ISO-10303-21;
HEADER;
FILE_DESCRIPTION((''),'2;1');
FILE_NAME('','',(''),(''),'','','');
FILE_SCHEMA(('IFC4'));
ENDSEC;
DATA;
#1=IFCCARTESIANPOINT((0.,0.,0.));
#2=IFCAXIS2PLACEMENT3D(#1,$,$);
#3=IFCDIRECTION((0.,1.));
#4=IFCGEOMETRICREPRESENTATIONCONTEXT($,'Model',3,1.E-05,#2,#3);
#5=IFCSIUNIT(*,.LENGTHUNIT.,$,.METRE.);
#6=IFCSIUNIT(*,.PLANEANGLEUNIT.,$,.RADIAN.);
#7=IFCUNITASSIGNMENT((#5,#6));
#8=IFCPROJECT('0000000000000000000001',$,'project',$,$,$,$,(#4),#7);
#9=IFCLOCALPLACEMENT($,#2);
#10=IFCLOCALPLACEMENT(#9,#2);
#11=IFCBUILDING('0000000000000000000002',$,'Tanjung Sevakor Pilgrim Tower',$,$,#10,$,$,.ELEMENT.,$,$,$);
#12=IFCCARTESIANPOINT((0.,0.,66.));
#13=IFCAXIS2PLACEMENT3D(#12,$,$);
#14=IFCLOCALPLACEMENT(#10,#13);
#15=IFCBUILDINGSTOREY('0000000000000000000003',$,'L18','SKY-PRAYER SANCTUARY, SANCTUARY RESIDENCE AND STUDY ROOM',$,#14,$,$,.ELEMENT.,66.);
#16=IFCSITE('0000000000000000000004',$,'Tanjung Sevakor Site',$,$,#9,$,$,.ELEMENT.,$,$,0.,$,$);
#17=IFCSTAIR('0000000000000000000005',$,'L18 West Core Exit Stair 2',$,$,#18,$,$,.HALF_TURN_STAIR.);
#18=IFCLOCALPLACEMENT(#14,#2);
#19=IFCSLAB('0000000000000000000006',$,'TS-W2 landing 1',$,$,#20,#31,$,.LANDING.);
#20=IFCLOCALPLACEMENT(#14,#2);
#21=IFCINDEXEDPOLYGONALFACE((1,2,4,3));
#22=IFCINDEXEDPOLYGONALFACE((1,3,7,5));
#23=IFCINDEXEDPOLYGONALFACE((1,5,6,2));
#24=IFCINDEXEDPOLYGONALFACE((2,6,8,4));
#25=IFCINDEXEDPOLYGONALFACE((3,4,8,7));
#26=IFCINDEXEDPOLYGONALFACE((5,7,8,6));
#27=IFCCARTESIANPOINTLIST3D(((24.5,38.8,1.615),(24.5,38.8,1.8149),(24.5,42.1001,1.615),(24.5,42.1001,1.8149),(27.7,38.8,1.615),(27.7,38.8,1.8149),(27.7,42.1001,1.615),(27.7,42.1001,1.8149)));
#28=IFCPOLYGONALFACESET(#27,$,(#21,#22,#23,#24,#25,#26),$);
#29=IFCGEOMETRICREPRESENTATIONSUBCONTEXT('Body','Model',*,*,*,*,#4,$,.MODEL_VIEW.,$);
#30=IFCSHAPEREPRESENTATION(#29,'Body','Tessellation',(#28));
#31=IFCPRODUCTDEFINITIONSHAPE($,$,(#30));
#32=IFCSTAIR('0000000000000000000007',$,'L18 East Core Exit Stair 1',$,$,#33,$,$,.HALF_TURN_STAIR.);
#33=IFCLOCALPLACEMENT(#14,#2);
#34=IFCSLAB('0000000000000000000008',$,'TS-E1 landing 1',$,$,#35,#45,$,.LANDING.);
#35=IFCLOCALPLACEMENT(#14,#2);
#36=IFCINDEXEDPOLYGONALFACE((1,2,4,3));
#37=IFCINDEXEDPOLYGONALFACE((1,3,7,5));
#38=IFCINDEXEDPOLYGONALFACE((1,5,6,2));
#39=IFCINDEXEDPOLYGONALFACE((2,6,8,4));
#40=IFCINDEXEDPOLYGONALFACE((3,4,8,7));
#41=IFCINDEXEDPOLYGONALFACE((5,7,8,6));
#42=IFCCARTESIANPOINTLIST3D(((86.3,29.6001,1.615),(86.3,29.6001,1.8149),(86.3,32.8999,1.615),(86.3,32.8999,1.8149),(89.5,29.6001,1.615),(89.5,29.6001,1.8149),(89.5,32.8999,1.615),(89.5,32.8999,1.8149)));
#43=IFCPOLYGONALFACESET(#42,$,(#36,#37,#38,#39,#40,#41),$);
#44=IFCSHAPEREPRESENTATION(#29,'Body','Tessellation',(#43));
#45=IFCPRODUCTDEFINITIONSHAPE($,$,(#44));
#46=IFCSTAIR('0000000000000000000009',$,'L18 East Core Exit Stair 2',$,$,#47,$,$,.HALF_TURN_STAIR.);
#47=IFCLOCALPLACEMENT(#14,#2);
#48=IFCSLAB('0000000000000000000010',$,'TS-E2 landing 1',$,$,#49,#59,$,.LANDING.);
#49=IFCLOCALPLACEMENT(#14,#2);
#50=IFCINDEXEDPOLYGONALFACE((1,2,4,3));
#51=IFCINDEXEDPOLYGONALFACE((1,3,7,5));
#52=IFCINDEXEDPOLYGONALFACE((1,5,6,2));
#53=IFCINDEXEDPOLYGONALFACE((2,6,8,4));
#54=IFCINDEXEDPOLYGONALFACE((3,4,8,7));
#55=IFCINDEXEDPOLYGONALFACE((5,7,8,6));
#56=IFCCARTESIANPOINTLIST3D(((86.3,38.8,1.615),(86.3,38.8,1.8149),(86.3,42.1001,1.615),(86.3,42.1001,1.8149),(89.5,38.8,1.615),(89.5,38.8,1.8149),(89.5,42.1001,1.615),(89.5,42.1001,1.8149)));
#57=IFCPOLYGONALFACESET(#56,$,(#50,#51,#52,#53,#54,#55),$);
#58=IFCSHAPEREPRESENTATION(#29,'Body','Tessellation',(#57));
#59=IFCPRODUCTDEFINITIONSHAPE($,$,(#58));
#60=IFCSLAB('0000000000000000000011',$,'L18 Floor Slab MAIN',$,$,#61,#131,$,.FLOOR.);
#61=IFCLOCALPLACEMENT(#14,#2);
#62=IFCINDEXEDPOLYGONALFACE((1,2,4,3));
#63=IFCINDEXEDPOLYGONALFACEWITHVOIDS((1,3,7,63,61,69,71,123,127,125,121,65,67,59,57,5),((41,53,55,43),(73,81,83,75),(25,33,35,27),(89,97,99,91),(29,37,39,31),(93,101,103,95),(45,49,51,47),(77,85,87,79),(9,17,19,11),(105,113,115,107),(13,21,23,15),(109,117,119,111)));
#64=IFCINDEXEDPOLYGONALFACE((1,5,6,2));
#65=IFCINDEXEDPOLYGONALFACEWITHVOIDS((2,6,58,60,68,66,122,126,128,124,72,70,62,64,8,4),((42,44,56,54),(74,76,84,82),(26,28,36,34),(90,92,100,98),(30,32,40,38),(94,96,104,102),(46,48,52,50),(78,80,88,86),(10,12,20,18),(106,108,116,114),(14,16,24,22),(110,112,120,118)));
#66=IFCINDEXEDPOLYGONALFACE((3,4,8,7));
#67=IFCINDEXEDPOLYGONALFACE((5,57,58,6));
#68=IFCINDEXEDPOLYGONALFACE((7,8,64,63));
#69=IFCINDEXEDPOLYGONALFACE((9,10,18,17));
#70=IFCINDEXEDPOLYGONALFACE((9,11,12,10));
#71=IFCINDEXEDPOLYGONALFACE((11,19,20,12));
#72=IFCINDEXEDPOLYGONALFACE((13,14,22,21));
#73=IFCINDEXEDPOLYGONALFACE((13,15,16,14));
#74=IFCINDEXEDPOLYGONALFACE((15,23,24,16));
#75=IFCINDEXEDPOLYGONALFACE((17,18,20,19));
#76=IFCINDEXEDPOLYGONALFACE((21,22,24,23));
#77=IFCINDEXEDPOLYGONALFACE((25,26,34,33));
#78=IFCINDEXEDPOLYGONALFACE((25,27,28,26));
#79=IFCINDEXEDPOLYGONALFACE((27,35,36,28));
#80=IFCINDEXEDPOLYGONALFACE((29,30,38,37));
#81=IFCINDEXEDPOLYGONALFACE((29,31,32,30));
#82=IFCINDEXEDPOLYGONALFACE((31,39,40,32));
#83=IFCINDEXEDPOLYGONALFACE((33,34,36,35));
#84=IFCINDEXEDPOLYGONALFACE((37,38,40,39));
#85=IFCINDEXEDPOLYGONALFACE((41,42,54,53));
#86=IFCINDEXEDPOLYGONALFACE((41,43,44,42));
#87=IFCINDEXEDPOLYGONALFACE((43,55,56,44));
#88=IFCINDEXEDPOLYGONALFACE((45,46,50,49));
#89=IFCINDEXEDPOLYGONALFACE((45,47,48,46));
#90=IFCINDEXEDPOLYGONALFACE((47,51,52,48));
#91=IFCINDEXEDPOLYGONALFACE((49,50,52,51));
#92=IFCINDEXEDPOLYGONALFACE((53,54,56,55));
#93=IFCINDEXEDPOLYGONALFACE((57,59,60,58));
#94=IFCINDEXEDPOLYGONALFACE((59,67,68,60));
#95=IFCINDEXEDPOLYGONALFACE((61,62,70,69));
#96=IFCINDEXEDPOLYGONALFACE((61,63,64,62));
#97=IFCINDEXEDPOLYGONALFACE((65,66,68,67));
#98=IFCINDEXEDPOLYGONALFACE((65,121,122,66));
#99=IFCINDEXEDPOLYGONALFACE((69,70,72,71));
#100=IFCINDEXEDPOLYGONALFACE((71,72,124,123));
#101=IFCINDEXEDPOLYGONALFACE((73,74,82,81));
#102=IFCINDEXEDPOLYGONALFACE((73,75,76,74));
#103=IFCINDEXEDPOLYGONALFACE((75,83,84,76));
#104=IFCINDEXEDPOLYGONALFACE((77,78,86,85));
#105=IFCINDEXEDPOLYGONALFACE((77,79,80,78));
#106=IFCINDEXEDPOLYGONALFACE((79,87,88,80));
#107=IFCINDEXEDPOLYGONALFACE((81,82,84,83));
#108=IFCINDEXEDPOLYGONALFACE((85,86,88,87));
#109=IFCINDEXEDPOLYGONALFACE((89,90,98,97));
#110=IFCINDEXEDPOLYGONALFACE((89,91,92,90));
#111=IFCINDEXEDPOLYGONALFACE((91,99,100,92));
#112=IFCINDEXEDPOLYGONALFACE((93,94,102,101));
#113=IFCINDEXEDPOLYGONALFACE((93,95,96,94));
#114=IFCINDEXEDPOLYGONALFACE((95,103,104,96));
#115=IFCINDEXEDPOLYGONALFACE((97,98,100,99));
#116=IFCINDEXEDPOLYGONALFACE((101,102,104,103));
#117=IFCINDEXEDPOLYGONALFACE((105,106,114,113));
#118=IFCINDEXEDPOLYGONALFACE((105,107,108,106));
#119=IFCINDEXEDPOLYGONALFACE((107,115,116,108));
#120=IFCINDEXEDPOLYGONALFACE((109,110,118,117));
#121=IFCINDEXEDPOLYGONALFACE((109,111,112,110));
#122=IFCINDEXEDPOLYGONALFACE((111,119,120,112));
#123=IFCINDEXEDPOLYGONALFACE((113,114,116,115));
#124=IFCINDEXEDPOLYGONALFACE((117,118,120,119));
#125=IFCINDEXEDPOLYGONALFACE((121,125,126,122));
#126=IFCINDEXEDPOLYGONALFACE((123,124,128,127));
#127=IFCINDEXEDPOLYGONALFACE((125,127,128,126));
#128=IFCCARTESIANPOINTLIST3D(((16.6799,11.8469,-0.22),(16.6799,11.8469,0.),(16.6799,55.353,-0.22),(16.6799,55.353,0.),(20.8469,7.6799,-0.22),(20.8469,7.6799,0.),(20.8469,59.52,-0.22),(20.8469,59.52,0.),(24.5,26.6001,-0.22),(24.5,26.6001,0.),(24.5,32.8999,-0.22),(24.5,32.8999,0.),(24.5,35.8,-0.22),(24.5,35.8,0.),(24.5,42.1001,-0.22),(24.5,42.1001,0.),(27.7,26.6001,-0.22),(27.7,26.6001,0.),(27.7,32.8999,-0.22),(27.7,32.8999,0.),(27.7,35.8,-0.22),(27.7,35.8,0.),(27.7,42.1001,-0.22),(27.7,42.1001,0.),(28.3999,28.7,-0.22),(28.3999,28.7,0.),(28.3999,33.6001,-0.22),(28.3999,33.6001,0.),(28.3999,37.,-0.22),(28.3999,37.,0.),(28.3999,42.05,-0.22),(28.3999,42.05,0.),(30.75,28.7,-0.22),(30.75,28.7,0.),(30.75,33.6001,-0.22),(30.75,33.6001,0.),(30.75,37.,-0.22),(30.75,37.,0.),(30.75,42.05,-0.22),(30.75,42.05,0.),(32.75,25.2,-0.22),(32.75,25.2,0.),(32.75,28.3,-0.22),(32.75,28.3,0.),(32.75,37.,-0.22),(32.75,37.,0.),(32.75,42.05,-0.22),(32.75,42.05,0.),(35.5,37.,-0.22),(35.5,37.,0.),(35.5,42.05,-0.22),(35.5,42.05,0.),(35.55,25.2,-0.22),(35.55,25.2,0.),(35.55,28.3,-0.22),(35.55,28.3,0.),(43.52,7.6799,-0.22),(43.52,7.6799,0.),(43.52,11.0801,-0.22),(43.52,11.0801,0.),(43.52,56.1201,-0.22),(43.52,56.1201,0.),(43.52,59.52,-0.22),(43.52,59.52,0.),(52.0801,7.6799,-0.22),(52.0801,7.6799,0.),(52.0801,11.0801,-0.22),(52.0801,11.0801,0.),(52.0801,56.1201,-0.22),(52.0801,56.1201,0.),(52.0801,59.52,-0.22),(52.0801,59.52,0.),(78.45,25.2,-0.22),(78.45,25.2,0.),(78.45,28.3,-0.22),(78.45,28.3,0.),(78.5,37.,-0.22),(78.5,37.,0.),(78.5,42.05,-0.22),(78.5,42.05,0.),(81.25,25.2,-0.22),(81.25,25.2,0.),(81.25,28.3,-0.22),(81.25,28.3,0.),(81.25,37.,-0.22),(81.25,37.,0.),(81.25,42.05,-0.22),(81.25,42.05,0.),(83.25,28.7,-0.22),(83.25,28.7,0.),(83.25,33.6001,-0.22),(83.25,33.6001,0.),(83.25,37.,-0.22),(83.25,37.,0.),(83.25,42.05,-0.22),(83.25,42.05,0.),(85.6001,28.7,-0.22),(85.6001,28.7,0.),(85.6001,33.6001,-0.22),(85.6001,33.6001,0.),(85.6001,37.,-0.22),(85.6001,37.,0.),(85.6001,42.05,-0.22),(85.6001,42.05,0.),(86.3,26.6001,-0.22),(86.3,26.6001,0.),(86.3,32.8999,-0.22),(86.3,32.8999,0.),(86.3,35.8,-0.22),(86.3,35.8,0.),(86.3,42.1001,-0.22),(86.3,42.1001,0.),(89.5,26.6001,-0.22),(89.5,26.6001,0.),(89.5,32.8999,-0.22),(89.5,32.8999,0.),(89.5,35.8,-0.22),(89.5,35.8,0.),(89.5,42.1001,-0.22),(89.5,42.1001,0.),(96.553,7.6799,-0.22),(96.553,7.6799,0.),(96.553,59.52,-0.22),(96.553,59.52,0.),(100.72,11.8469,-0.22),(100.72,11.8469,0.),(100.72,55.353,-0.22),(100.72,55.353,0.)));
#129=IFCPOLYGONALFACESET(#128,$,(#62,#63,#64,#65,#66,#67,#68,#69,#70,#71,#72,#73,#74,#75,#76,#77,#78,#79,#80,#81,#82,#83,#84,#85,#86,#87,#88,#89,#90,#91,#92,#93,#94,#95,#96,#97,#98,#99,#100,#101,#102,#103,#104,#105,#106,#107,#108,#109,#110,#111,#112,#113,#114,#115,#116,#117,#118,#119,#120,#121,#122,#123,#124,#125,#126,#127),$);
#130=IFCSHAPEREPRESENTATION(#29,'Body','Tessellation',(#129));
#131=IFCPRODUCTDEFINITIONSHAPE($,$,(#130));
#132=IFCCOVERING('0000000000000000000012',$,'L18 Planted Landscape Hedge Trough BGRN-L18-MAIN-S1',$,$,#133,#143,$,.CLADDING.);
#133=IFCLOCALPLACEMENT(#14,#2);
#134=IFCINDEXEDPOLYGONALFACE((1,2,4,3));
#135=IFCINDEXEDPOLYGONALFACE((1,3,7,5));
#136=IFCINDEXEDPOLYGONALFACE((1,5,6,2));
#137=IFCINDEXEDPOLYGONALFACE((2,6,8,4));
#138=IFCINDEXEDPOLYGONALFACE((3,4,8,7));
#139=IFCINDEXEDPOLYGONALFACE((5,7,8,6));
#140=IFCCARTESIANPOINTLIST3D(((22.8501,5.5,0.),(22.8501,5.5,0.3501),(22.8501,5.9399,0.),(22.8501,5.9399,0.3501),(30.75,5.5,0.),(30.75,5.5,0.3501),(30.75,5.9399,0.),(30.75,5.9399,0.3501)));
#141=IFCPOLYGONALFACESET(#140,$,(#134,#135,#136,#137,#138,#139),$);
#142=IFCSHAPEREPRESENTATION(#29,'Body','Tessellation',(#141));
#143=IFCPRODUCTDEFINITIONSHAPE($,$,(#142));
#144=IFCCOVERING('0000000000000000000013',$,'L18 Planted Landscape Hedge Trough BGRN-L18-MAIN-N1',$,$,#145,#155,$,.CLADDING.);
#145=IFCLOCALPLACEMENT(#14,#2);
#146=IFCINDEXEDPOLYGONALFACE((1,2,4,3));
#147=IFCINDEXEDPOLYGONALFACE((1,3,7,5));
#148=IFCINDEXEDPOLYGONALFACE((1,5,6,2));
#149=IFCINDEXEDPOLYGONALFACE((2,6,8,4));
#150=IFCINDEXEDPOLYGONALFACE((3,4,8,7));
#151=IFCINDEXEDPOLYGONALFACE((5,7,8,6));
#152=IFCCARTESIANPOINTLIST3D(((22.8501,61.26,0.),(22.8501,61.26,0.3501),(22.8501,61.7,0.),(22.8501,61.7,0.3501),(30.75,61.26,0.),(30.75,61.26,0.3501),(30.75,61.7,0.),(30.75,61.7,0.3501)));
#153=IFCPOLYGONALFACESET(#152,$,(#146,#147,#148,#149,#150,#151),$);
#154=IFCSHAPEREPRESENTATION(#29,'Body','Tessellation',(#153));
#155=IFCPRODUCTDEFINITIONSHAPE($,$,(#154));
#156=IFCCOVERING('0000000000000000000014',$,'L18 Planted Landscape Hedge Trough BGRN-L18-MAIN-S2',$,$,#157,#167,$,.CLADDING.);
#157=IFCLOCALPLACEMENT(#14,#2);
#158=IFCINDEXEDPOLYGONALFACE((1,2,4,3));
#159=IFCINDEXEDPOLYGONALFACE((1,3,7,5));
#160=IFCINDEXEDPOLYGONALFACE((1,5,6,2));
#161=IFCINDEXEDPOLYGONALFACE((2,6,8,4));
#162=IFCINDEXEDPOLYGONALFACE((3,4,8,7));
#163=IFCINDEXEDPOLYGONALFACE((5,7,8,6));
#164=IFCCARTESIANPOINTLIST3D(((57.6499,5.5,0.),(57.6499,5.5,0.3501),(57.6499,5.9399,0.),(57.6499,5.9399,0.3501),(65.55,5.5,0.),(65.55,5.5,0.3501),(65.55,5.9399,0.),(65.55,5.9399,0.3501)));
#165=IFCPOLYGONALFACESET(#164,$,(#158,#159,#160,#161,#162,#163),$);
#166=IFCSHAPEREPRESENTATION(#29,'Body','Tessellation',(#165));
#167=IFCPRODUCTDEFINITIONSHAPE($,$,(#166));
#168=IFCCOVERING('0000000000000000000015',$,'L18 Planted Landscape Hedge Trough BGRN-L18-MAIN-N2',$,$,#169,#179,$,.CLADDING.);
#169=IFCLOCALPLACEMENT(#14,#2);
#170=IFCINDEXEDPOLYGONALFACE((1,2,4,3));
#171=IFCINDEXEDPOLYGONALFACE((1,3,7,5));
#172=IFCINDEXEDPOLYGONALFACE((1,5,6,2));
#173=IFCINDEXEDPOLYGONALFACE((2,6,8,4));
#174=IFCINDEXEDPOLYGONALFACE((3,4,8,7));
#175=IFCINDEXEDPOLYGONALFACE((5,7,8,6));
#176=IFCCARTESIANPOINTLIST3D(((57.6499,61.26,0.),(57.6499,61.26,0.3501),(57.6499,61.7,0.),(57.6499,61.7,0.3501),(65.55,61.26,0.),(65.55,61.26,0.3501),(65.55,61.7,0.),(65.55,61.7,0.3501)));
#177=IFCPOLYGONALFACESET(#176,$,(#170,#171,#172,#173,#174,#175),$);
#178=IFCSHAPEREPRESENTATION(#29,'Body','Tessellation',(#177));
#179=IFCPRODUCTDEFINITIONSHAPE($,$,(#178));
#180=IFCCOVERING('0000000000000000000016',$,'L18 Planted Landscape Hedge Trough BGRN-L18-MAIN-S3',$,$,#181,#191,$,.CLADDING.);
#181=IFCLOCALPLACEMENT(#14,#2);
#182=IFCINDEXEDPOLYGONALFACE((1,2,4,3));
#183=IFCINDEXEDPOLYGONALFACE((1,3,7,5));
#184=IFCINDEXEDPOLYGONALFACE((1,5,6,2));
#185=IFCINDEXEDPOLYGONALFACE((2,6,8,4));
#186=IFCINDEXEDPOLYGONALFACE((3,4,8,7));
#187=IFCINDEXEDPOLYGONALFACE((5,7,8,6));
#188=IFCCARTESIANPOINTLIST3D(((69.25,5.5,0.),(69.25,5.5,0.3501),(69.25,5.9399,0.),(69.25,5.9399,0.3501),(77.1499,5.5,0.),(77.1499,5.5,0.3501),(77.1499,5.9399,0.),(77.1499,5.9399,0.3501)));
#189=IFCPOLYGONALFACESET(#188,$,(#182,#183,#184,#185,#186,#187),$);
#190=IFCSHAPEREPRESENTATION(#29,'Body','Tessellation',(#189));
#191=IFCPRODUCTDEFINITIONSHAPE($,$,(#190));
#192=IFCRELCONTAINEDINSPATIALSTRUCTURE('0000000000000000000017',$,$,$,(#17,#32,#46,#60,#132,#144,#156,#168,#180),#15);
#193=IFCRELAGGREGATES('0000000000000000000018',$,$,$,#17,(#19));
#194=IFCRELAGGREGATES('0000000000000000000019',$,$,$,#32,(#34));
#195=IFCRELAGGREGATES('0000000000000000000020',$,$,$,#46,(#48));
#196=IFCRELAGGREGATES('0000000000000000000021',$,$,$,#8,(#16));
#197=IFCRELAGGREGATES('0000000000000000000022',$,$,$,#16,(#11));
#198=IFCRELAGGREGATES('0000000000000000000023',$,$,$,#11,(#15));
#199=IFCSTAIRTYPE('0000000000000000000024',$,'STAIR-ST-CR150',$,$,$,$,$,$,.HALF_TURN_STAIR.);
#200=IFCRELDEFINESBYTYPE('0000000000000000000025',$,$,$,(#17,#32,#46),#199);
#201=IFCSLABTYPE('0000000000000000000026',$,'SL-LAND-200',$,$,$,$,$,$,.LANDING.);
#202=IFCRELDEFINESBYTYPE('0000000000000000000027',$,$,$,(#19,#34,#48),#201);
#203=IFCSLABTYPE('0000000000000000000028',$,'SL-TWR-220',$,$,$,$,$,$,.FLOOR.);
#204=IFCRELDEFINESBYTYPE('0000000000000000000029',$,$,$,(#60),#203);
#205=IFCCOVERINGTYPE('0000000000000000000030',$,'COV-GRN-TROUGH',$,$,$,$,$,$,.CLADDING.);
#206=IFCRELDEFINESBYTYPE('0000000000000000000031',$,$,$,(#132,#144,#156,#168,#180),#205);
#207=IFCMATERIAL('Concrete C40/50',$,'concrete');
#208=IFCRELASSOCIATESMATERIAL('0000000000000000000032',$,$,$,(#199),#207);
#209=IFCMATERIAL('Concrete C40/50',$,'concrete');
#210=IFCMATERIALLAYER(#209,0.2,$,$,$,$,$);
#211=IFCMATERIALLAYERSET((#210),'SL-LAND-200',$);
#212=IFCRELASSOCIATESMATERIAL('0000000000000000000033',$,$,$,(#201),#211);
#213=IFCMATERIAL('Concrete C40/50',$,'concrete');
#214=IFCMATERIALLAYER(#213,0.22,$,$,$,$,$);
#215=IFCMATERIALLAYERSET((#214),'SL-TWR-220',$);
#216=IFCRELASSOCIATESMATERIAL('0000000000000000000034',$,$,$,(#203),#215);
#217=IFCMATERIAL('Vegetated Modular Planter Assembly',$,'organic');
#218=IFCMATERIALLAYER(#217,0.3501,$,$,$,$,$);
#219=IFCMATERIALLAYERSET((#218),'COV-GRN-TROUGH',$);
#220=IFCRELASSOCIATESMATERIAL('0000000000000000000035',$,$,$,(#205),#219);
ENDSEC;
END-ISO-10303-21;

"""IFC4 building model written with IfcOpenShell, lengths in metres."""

from ifc_helpers import new_model, si_unit, direction, frame, origin, place, context, subcontext, project, spatial, polyline, outline, extrude, material, layer, layer_set, type_object, element, aggregate, save


model = new_model("IFC4")

# Units and contexts
model_context = context("Model", 3, precision=1e-05, world=origin(), true_north=direction((0.0, 1.0)))
body_context = subcontext(model_context, "Body", "Model", "MODEL_VIEW")
ifc_project = project(units=[si_unit("LENGTHUNIT", "METRE"), si_unit("PLANEANGLEUNIT", "RADIAN")], contexts=[model_context])

# Site, building, storey
site_placement = place(None, origin())
site = spatial("IfcSite", under=ifc_project, at=site_placement, Name="Tanjung Sevakor Site", CompositionType="ELEMENT", RefElevation=0.0)
building_placement = place(site_placement, origin())
building = spatial("IfcBuilding", under=site, at=building_placement, Name="Tanjung Sevakor Pilgrim Tower", CompositionType="ELEMENT")
storey_placement = place(building_placement, frame((0.0, 0.0, 66.0)))
storey = spatial("IfcBuildingStorey", under=building, at=storey_placement, Name="L18", Description="SKY-PRAYER SANCTUARY, SANCTUARY RESIDENCE AND STUDY ROOM", CompositionType="ELEMENT", Elevation=66.0)

# Stairs, slabs
ifc_material_1 = material(Name="Concrete C40/50", Category="concrete")
stair_type = type_object("IfcStairType", Name="STAIR-ST-CR150", PredefinedType="HALF_TURN_STAIR", material=ifc_material_1)
ifc_material_2 = material(Name="Concrete C40/50", Category="concrete")
ifc_layer_1 = layer(ifc_material_2, 0.2)
ifc_layer_set_1 = layer_set([ifc_layer_1], Name="SL-LAND-200")
slab_type_1 = type_object("IfcSlabType", Name="SL-LAND-200", PredefinedType="LANDING", material=ifc_layer_set_1)
stair_1_placement = place(storey_placement, origin())
stair_1 = element("IfcStair", 1, at=stair_1_placement, inside=storey, type_object=stair_type, Name="L18 West Core Exit Stair 2", PredefinedType="HALF_TURN_STAIR")
slab_1_placement = place(storey_placement, frame((0.0, 0.0, 1.615)))
slab_1 = element("IfcSlab", 2, at=slab_1_placement, type_object=slab_type_1, Name="TS-W2 landing 1", PredefinedType="LANDING", context=body_context, shape_type="SweptSolid", body=[
    extrude(outline(polyline([(27.7, 38.8), (27.7, 42.1001), (24.5, 42.1001), (24.5, 38.8), (27.7, 38.8)])), origin(), (0.0, 0.0, 1.0), 0.2),
])
aggregate(stair_1, [slab_1])
stair_2_placement = place(storey_placement, origin())
stair_2 = element("IfcStair", 3, at=stair_2_placement, inside=storey, type_object=stair_type, Name="L18 East Core Exit Stair 1", PredefinedType="HALF_TURN_STAIR")
slab_2_placement = place(storey_placement, frame((0.0, 0.0, 1.615)))
slab_2 = element("IfcSlab", 4, at=slab_2_placement, type_object=slab_type_1, Name="TS-E1 landing 1", PredefinedType="LANDING", context=body_context, shape_type="SweptSolid", body=[
    extrude(outline(polyline([(89.5, 29.6001), (89.5, 32.8999), (86.3, 32.8999), (86.3, 29.6001), (89.5, 29.6001)])), origin(), (0.0, 0.0, 1.0), 0.2),
])
aggregate(stair_2, [slab_2])
stair_3_placement = place(storey_placement, origin())
stair_3 = element("IfcStair", 5, at=stair_3_placement, inside=storey, type_object=stair_type, Name="L18 East Core Exit Stair 2", PredefinedType="HALF_TURN_STAIR")
slab_3_placement = place(storey_placement, frame((0.0, 0.0, 1.615)))
slab_3 = element("IfcSlab", 6, at=slab_3_placement, type_object=slab_type_1, Name="TS-E2 landing 1", PredefinedType="LANDING", context=body_context, shape_type="SweptSolid", body=[
    extrude(outline(polyline([(89.5, 38.8), (89.5, 42.1001), (86.3, 42.1001), (86.3, 38.8), (89.5, 38.8)])), origin(), (0.0, 0.0, 1.0), 0.2),
])
aggregate(stair_3, [slab_3])

# Slab
ifc_material_3 = material(Name="Concrete C40/50", Category="concrete")
ifc_layer_2 = layer(ifc_material_3, 0.22)
ifc_layer_set_2 = layer_set([ifc_layer_2], Name="SL-TWR-220")
slab_type_2 = type_object("IfcSlabType", Name="SL-TWR-220", PredefinedType="FLOOR", material=ifc_layer_set_2)
slab_4_placement = place(storey_placement, frame((0.0, 0.0, -0.22)))
element("IfcSlab", 7, at=slab_4_placement, inside=storey, type_object=slab_type_2, Name="L18 Floor Slab MAIN", PredefinedType="FLOOR", context=body_context, shape_type="SweptSolid", body=[
    extrude(outline(polyline([(20.8469, 7.6799), (43.52, 7.6799), (43.52, 11.0801), (52.0801, 11.0801), (52.0801, 7.6799), (96.553, 7.6799), (100.72, 11.8469), (100.72, 55.353), (96.553, 59.52), (52.0801, 59.52), (52.0801, 56.1201), (43.52, 56.1201), (43.52, 59.52), (20.8469, 59.52), (16.6799, 55.353), (16.6799, 11.8469), (20.8469, 7.6799)]), holes=[polyline([(27.7, 26.6001), (27.7, 32.8999), (24.5, 32.8999), (24.5, 26.6001), (27.7, 26.6001)]), polyline([(27.7, 35.8), (27.7, 42.1001), (24.5, 42.1001), (24.5, 35.8), (27.7, 35.8)]), polyline([(89.5, 26.6001), (89.5, 32.8999), (86.3, 32.8999), (86.3, 26.6001), (89.5, 26.6001)]), polyline([(89.5, 35.8), (89.5, 42.1001), (86.3, 42.1001), (86.3, 35.8), (89.5, 35.8)]), polyline([(32.75, 25.2), (35.55, 25.2), (35.55, 28.3), (32.75, 28.3), (32.75, 25.2)]), polyline([(28.3999, 28.7), (30.75, 28.7), (30.75, 33.6001), (28.3999, 33.6001), (28.3999, 28.7)]), polyline([(28.3999, 37.0), (30.75, 37.0), (30.75, 42.05), (28.3999, 42.05), (28.3999, 37.0)]), polyline([(32.75, 37.0), (35.5, 37.0), (35.5, 42.05), (32.75, 42.05), (32.75, 37.0)]), polyline([(78.45, 25.2), (81.25, 25.2), (81.25, 28.3), (78.45, 28.3), (78.45, 25.2)]), polyline([(83.25, 28.7), (85.6001, 28.7), (85.6001, 33.6001), (83.25, 33.6001), (83.25, 28.7)]), polyline([(83.25, 37.0), (85.6001, 37.0), (85.6001, 42.05), (83.25, 42.05), (83.25, 37.0)]), polyline([(78.5, 37.0), (81.25, 37.0), (81.25, 42.05), (78.5, 42.05), (78.5, 37.0)])]), origin(), (0.0, 0.0, 1.0), 0.22),
])

# Coverings
ifc_material_4 = material(Name="Vegetated Modular Planter Assembly", Category="organic")
ifc_layer_3 = layer(ifc_material_4, 0.3501)
ifc_layer_set_3 = layer_set([ifc_layer_3], Name="COV-GRN-TROUGH")
covering_type = type_object("IfcCoveringType", Name="COV-GRN-TROUGH", PredefinedType="CLADDING", material=ifc_layer_set_3)
covering_1_placement = place(storey_placement, origin())
element("IfcCovering", 8, at=covering_1_placement, inside=storey, type_object=covering_type, Name="L18 Planted Landscape Hedge Trough BGRN-L18-MAIN-S1", PredefinedType="CLADDING", context=body_context, shape_type="SweptSolid", body=[
    extrude(outline(polyline([(22.8501, 5.5), (30.75, 5.5), (30.75, 5.9399), (22.8501, 5.9399), (22.8501, 5.5)])), origin(), (0.0, 0.0, 1.0), 0.3501),
])
covering_2_placement = place(storey_placement, origin())
element("IfcCovering", 9, at=covering_2_placement, inside=storey, type_object=covering_type, Name="L18 Planted Landscape Hedge Trough BGRN-L18-MAIN-N1", PredefinedType="CLADDING", context=body_context, shape_type="SweptSolid", body=[
    extrude(outline(polyline([(22.8501, 61.26), (30.75, 61.26), (30.75, 61.7), (22.8501, 61.7), (22.8501, 61.26)])), origin(), (0.0, 0.0, 1.0), 0.3501),
])
covering_3_placement = place(storey_placement, origin())
element("IfcCovering", 10, at=covering_3_placement, inside=storey, type_object=covering_type, Name="L18 Planted Landscape Hedge Trough BGRN-L18-MAIN-S2", PredefinedType="CLADDING", context=body_context, shape_type="SweptSolid", body=[
    extrude(outline(polyline([(57.6499, 5.5), (65.55, 5.5), (65.55, 5.9399), (57.6499, 5.9399), (57.6499, 5.5)])), origin(), (0.0, 0.0, 1.0), 0.3501),
])
covering_4_placement = place(storey_placement, origin())
element("IfcCovering", 11, at=covering_4_placement, inside=storey, type_object=covering_type, Name="L18 Planted Landscape Hedge Trough BGRN-L18-MAIN-N2", PredefinedType="CLADDING", context=body_context, shape_type="SweptSolid", body=[
    extrude(outline(polyline([(57.6499, 61.26), (65.55, 61.26), (65.55, 61.7), (57.6499, 61.7), (57.6499, 61.26)])), origin(), (0.0, 0.0, 1.0), 0.3501),
])
covering_5_placement = place(storey_placement, origin())
element("IfcCovering", 12, at=covering_5_placement, inside=storey, type_object=covering_type, Name="L18 Planted Landscape Hedge Trough BGRN-L18-MAIN-S3", PredefinedType="CLADDING", context=body_context, shape_type="SweptSolid", body=[
    extrude(outline(polyline([(69.25, 5.5), (77.1499, 5.5), (77.1499, 5.9399), (69.25, 5.9399), (69.25, 5.5)])), origin(), (0.0, 0.0, 1.0), 0.3501),
])

save(model, "model.ifc")
